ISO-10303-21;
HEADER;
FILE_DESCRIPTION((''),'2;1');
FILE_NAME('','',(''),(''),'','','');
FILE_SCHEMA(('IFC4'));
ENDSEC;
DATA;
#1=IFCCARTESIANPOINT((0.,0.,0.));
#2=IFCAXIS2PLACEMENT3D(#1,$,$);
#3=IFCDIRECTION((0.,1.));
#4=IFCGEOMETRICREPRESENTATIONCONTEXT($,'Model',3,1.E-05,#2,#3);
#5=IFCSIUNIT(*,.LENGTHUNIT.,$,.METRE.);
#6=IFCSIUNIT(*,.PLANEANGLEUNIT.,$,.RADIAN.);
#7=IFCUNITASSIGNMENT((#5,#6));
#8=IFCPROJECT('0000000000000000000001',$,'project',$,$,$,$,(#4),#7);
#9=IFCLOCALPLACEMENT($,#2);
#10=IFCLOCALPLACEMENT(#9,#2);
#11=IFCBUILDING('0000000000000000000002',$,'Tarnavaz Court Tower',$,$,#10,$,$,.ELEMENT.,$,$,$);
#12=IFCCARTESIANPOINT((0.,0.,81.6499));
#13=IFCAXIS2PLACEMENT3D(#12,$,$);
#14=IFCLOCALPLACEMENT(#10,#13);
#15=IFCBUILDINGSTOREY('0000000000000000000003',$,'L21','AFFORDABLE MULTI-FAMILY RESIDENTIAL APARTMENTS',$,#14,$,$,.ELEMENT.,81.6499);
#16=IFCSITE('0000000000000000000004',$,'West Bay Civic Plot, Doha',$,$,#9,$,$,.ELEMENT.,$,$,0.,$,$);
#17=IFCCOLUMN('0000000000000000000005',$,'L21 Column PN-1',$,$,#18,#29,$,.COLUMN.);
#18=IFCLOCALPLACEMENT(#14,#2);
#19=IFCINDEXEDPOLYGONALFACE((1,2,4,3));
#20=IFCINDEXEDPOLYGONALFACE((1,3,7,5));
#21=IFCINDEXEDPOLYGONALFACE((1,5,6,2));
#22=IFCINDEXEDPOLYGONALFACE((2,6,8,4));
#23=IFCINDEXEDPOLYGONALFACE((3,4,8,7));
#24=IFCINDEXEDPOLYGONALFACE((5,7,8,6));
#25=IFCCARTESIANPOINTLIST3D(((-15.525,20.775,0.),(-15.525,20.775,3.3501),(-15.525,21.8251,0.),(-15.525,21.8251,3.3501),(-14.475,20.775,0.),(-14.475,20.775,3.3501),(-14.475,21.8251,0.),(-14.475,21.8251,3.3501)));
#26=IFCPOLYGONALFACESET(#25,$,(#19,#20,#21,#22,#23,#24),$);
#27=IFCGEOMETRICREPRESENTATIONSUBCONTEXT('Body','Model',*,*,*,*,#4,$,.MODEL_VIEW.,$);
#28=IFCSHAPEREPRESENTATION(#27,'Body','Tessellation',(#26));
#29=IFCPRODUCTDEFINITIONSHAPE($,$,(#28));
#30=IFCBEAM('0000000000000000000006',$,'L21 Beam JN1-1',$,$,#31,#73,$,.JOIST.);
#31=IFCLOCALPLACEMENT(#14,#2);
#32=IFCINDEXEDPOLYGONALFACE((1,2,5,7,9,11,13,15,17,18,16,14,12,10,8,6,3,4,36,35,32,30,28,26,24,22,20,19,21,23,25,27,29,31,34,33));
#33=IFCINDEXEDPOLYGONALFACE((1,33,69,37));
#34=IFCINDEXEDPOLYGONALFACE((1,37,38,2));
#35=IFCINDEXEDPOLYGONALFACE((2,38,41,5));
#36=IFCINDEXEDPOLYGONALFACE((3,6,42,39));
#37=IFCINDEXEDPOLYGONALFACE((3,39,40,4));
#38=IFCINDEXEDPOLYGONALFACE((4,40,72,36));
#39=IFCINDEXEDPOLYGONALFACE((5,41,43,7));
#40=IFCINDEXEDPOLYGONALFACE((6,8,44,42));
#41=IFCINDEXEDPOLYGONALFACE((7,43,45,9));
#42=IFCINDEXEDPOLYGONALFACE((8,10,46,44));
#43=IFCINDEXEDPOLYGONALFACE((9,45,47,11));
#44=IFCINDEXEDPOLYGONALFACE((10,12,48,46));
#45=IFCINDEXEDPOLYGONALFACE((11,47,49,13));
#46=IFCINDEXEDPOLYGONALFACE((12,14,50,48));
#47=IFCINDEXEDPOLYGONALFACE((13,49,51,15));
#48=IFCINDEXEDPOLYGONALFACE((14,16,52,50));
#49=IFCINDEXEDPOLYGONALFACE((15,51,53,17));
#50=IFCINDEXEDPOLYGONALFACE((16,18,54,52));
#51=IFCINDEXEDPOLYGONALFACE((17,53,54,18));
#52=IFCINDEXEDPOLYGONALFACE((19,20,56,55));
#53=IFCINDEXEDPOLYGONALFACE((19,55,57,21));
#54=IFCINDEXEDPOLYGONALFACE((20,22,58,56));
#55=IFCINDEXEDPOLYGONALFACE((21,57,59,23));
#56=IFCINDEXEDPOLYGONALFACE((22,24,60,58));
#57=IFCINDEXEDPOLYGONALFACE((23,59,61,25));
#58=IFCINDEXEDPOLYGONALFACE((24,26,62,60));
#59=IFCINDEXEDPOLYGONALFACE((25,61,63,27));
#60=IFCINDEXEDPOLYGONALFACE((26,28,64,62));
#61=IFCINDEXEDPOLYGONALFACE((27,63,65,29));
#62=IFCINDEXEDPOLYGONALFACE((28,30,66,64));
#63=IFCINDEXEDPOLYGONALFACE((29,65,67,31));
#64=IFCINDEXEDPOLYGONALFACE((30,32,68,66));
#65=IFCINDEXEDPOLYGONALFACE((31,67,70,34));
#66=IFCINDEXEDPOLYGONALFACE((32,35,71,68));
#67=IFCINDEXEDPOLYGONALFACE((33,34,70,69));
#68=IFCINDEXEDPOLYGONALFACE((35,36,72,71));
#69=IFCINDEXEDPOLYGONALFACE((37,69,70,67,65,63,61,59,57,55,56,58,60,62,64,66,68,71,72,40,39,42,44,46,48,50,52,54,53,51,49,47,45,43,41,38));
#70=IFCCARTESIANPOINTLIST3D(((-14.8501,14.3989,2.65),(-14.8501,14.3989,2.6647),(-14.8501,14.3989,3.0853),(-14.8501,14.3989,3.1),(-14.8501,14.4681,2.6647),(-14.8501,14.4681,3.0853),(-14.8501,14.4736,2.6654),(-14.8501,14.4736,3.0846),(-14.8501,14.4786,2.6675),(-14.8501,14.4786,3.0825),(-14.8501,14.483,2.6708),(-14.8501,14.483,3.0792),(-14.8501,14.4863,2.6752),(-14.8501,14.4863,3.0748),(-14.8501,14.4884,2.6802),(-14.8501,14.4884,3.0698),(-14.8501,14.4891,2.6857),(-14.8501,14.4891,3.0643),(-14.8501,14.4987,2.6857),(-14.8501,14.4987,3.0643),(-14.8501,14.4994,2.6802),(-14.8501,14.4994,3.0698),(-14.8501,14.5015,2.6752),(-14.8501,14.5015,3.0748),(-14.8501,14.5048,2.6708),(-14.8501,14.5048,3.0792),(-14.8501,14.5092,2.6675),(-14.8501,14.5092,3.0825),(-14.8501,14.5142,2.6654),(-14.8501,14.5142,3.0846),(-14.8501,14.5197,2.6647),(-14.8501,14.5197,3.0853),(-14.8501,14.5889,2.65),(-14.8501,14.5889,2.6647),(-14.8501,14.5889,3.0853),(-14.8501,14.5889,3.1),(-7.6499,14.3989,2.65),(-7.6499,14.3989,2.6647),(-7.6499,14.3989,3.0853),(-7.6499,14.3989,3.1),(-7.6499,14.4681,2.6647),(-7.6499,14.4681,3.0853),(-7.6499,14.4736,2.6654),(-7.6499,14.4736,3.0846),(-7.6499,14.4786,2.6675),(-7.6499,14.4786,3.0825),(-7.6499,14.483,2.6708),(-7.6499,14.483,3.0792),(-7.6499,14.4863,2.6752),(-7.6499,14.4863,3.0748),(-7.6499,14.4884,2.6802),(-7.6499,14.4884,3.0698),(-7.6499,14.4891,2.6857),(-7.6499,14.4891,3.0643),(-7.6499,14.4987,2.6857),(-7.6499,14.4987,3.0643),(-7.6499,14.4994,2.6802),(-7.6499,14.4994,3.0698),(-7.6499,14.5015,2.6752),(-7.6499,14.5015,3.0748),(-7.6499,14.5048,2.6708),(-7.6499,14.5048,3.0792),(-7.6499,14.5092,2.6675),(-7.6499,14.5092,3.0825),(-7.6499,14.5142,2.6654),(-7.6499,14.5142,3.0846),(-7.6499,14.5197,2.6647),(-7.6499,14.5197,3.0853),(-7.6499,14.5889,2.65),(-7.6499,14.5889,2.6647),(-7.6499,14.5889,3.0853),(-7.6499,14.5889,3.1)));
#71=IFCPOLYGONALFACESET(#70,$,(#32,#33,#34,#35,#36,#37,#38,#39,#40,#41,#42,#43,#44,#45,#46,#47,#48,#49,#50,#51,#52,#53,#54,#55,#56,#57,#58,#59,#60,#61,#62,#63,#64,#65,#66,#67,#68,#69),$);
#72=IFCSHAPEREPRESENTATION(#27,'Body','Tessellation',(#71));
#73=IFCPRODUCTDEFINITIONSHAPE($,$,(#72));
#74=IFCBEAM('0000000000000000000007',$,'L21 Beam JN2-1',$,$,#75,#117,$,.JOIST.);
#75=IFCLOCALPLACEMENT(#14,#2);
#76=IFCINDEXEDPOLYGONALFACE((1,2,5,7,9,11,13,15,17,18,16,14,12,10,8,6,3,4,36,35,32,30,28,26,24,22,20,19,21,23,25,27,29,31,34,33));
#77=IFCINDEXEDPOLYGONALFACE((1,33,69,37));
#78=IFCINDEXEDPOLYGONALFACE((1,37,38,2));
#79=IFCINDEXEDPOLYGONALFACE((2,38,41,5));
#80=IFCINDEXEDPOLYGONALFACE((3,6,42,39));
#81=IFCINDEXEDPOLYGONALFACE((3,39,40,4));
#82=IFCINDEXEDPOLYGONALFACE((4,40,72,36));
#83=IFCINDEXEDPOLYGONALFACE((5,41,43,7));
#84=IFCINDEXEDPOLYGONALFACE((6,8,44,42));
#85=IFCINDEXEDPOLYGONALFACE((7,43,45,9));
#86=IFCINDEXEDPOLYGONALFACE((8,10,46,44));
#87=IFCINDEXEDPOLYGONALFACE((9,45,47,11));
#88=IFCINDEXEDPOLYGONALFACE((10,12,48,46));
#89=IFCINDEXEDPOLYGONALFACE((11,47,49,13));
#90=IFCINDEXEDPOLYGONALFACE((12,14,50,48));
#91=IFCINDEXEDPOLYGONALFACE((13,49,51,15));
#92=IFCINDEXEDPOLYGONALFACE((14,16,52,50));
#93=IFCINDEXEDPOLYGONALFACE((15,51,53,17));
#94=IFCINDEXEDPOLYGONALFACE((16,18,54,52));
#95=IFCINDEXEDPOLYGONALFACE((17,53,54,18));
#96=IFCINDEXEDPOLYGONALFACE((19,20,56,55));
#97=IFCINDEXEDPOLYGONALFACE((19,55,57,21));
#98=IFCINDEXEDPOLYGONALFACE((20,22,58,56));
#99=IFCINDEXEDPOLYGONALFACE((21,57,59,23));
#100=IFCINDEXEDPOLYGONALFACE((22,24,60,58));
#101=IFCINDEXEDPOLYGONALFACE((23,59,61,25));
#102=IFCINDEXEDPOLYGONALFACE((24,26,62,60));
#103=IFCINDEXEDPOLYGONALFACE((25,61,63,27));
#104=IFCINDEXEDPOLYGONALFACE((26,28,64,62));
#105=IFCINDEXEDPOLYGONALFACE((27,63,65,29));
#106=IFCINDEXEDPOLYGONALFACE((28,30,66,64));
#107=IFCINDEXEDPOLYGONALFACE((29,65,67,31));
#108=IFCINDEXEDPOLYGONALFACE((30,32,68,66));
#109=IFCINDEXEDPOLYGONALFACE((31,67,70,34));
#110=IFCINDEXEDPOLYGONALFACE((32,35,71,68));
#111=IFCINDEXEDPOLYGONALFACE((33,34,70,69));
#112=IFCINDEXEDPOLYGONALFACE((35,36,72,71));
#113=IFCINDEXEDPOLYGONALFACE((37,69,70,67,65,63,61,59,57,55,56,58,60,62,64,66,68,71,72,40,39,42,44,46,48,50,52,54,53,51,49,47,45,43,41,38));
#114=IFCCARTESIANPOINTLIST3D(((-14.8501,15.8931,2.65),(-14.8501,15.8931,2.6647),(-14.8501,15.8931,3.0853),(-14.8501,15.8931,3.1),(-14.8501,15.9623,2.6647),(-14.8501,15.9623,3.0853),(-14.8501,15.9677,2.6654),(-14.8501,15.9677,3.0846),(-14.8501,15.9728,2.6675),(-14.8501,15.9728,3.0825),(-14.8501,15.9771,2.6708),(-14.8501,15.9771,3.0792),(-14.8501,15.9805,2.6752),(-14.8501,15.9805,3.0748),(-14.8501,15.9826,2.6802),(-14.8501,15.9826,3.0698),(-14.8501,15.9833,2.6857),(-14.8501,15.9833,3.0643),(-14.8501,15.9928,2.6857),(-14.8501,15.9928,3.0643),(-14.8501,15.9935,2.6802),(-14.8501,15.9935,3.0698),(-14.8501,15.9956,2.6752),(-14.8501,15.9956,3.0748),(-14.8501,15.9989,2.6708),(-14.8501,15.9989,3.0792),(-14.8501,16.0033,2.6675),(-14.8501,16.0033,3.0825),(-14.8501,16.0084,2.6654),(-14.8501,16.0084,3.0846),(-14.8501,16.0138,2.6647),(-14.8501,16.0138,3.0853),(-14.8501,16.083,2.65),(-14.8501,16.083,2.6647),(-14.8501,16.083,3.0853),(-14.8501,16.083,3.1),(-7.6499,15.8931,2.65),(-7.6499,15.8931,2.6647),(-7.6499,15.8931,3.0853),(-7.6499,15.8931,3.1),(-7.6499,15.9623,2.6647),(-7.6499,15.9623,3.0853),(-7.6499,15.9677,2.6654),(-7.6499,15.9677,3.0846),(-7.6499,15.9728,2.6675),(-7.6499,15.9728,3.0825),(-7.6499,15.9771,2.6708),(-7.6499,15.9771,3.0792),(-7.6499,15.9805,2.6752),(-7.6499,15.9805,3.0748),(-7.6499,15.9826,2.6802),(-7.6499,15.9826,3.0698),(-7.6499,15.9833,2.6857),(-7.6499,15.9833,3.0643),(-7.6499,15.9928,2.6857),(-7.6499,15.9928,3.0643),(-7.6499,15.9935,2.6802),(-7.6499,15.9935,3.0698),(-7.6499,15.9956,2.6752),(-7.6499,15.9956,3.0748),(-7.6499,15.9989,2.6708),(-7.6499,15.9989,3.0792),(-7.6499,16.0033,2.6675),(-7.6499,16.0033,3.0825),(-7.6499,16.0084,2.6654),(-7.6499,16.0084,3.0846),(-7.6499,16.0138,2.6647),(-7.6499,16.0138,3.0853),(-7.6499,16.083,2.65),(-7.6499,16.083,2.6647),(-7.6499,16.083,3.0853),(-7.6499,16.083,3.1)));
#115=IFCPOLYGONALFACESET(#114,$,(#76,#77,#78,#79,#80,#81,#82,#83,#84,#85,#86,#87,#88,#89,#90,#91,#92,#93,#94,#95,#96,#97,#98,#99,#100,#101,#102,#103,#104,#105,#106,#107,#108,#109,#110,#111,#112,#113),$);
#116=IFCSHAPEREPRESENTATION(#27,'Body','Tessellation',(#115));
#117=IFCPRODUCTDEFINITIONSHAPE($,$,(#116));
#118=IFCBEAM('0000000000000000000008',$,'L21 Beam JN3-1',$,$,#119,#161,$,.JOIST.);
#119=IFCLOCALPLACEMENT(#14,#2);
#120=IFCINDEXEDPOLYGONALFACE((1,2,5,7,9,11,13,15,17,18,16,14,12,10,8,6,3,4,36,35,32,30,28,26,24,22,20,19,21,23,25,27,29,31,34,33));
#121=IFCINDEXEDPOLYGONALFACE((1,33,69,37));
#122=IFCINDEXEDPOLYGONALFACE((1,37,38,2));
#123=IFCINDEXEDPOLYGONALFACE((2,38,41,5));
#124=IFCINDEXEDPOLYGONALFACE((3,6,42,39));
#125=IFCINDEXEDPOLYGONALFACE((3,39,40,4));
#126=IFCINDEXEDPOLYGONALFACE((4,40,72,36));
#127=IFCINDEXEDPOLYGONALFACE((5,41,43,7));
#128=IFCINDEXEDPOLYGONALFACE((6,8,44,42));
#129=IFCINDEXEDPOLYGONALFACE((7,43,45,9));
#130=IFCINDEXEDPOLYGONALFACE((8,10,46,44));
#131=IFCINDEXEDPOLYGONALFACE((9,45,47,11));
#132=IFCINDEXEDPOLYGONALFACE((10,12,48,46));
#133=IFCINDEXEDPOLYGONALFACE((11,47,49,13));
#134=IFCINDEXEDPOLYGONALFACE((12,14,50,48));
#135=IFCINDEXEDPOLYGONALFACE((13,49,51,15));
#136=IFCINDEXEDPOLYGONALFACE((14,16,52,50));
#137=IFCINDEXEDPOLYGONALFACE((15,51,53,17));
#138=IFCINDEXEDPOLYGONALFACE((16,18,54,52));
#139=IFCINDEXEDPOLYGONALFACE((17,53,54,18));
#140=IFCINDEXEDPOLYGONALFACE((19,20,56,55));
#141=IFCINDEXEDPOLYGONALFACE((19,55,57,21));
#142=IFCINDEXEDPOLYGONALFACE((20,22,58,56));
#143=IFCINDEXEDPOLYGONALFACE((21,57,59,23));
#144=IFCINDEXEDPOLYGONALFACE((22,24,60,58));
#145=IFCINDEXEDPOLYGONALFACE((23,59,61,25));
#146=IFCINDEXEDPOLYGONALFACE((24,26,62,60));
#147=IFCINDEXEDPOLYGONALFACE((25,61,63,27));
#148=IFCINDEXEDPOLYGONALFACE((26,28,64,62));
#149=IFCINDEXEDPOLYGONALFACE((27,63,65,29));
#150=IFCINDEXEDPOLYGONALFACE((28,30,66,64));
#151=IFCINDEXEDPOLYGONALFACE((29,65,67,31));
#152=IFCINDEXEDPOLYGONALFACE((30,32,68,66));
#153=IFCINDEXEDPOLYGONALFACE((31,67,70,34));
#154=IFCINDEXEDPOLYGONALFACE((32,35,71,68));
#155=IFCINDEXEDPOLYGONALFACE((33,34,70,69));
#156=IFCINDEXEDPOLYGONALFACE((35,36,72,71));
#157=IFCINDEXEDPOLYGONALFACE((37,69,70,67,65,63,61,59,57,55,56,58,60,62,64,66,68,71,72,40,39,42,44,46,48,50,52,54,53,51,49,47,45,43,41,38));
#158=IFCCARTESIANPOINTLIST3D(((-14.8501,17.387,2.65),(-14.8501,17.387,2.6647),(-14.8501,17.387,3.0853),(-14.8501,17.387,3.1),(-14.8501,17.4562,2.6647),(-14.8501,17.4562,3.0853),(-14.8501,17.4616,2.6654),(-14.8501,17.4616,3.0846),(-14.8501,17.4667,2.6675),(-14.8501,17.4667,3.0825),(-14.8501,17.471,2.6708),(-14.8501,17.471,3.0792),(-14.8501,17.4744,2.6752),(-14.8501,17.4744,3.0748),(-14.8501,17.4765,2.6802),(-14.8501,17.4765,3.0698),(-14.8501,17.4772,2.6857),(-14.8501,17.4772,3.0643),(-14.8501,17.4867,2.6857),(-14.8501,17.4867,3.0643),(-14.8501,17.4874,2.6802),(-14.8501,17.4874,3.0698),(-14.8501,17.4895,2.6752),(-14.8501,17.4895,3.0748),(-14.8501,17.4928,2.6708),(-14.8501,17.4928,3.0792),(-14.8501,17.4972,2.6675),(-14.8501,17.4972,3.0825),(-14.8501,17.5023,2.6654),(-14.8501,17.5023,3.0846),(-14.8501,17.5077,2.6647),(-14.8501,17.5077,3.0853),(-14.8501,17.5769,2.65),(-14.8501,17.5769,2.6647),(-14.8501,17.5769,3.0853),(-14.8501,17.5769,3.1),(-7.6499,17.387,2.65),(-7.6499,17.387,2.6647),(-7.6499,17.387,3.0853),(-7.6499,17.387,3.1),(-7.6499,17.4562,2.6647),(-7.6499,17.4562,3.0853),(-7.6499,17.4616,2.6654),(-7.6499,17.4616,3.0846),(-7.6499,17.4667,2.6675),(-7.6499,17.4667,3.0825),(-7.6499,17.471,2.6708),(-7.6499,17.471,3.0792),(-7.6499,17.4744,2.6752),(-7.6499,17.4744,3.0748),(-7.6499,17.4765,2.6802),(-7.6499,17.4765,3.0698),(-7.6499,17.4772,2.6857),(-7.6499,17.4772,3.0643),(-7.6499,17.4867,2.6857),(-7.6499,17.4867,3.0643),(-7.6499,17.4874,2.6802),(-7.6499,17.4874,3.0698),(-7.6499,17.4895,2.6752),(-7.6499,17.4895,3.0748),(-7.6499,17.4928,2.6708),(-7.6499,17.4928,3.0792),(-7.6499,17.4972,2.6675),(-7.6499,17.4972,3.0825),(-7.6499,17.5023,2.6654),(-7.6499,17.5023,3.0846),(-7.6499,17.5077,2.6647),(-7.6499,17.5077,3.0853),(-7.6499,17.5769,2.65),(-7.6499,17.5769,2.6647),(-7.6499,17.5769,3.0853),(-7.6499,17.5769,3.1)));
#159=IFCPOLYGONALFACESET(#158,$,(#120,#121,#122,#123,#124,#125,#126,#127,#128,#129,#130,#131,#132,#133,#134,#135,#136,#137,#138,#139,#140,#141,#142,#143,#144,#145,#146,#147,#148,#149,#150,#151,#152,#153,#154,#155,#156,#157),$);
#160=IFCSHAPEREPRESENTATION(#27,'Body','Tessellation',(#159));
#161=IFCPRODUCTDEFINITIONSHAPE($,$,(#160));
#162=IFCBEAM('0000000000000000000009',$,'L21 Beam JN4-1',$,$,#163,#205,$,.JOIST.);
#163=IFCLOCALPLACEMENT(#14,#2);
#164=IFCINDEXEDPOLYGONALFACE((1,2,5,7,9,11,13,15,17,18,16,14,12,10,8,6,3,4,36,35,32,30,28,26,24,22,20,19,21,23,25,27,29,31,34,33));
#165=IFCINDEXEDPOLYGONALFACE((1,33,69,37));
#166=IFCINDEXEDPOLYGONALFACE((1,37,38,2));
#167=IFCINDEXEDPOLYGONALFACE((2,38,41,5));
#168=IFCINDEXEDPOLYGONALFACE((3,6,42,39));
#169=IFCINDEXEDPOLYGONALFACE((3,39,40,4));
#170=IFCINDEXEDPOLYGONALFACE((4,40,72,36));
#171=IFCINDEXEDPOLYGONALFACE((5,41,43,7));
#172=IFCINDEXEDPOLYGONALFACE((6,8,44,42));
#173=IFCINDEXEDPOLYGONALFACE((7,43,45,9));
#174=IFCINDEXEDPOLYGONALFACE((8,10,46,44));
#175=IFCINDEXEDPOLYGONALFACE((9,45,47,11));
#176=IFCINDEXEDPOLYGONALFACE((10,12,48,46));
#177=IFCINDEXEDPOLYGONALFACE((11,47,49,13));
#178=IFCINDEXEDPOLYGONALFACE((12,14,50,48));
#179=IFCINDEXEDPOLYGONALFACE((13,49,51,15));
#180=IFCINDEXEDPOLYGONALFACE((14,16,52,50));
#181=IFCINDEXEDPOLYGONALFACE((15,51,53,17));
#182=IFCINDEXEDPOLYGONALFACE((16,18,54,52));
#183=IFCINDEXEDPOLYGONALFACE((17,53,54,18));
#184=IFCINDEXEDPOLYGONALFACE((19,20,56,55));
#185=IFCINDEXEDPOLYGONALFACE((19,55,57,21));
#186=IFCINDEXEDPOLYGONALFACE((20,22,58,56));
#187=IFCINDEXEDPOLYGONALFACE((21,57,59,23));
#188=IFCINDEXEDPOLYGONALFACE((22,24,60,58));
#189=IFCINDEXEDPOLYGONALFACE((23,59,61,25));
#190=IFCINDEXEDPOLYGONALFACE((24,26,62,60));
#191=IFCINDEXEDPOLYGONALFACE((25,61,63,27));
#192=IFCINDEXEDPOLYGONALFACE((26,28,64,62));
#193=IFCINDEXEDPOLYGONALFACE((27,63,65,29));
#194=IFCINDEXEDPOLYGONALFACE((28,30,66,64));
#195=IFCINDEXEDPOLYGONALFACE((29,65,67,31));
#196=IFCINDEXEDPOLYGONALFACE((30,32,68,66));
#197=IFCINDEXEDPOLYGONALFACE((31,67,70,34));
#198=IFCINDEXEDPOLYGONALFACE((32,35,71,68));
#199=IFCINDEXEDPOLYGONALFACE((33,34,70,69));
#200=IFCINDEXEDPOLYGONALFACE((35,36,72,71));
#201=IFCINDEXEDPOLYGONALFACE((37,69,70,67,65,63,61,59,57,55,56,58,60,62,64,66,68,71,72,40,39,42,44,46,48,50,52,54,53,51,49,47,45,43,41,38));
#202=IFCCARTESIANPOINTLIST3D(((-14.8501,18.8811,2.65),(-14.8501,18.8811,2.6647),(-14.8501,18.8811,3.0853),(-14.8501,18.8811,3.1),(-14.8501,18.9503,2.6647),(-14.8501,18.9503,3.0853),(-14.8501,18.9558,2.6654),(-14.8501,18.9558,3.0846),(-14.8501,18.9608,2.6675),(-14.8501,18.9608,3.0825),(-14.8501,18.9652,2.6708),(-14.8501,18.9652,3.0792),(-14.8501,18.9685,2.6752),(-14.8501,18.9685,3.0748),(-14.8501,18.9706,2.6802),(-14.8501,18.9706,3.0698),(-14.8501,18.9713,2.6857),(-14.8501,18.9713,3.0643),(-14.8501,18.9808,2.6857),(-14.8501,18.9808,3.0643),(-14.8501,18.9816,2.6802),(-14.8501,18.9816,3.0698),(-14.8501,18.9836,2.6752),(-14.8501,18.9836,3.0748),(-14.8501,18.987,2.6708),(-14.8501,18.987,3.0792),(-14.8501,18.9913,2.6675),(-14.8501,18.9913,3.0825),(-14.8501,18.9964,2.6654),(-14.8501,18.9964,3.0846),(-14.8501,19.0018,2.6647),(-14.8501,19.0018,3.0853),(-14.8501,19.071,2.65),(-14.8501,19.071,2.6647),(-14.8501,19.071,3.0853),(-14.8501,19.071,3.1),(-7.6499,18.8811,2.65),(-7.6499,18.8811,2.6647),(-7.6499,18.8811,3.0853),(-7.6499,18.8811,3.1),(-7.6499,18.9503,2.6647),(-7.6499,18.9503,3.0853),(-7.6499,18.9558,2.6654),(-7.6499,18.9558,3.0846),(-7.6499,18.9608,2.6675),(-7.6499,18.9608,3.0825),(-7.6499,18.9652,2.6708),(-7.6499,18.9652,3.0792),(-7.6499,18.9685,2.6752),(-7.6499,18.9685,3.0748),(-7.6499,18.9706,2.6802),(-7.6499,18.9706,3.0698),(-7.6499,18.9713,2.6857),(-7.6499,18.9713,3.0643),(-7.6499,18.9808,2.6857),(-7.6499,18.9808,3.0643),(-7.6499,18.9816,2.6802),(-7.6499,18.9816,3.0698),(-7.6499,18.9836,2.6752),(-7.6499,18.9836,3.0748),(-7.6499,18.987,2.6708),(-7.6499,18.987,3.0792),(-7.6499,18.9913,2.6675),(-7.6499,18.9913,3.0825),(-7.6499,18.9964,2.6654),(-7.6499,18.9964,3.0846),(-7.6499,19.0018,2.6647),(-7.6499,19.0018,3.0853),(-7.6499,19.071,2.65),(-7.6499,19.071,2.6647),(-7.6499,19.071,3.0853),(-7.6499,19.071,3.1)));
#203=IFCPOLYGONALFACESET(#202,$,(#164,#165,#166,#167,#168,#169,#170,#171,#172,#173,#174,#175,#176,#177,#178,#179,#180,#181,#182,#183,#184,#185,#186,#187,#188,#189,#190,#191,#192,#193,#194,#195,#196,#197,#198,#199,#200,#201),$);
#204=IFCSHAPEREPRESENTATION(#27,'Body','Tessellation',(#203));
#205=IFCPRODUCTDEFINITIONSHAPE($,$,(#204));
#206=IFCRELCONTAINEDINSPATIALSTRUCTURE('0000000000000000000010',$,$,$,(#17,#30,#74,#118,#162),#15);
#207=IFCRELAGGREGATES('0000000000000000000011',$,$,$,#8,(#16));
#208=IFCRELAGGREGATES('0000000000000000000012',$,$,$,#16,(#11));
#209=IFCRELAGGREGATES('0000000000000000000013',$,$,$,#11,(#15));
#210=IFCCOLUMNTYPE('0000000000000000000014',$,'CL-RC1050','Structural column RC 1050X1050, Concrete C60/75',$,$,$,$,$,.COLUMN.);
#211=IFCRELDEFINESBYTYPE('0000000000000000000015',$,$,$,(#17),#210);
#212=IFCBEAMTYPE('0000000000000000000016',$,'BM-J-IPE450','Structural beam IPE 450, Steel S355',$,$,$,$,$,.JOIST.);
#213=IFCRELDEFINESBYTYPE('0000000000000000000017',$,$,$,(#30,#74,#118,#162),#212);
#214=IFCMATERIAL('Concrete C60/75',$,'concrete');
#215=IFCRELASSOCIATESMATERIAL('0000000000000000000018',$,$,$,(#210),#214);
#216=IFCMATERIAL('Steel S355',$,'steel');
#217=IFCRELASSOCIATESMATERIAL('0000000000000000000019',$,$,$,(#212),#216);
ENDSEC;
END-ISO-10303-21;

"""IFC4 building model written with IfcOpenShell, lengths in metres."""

from ifc_helpers import new_model, si_unit, direction, frame, origin, origin_2d, place, context, subcontext, project, spatial, rectangle, i_section, extrude, material, material_profile, profile_set, type_object, element, save


model = new_model("IFC4")

# Units and contexts
model_context = context("Model", 3, precision=1e-05, world=origin(), true_north=direction((0.0, 1.0)))
body_context = subcontext(model_context, "Body", "Model", "MODEL_VIEW")
ifc_project = project(units=[si_unit("LENGTHUNIT", "METRE"), si_unit("PLANEANGLEUNIT", "RADIAN")], contexts=[model_context])

# Site, building, storey
site_placement = place(None, origin())
site = spatial("IfcSite", under=ifc_project, at=site_placement, Name="West Bay Civic Plot, Doha", CompositionType="ELEMENT", RefElevation=0.0)
building_placement = place(site_placement, origin())
building = spatial("IfcBuilding", under=site, at=building_placement, Name="Tarnavaz Court Tower", CompositionType="ELEMENT")
storey_placement = place(building_placement, frame((0.0, 0.0, 81.6499)))
storey = spatial("IfcBuildingStorey", under=building, at=storey_placement, Name="L21", Description="AFFORDABLE MULTI-FAMILY RESIDENTIAL APARTMENTS", CompositionType="ELEMENT", Elevation=81.6499)

# Column
ifc_material_1 = material(Name="Concrete C60/75", Category="concrete")
ifc_material_profile_1 = material_profile(ifc_material_1, rectangle(XDim=1.05, YDim=1.05, at=origin_2d()), Name="RC 1050X1050")
ifc_profile_set_1 = profile_set([ifc_material_profile_1], Name="Concrete C60/75")
column_type = type_object("IfcColumnType", Name="CL-RC1050", Description="Structural column RC 1050X1050, Concrete C60/75", PredefinedType="COLUMN", material=ifc_profile_set_1)
column_placement = place(storey_placement, frame((-15.0, 21.3, 0.0), z_axis=(0.0, 0.0, 1.0), x_axis=(1.0, 0.0, 0.0)))
element("IfcColumn", 1, at=column_placement, inside=storey, type_object=column_type, Name="L21 Column PN-1", PredefinedType="COLUMN", context=body_context, shape_type="SweptSolid", body=[
    extrude(rectangle(XDim=1.05, YDim=1.05, at=origin_2d()), origin(), (0.0, 0.0, 1.0), 3.3501),
])

# Beams
ifc_material_2 = material(Name="Steel S355", Category="steel")
ifc_material_profile_2 = material_profile(ifc_material_2, i_section(OverallWidth=0.1899, OverallDepth=0.45, WebThickness=0.0095, FlangeThickness=0.0146, FilletRadius=0.021, at=origin_2d()), Name="IPE 450")
ifc_profile_set_2 = profile_set([ifc_material_profile_2], Name="Steel S355")
beam_type_1 = type_object("IfcBeamType", Name="BM-J-IPE450", Description="Structural beam IPE 450, Steel S355", PredefinedType="JOIST", material=ifc_profile_set_2)
for number, where, z_axis, x_axis, name in (
    (2, (-14.8501, 14.4939, 2.875), (1.0, 0.0, 0.0), (0.0, 1.0, 0.0), "L21 Beam JN1-1"),
    (3, (-14.8501, 15.988, 2.875), (1.0, 0.0, 0.0), (0.0, 1.0, 0.0), "L21 Beam JN2-1"),
    (4, (-14.8501, 17.4819, 2.875), (1.0, 0.0, 0.0), (0.0, 1.0, 0.0), "L21 Beam JN3-1"),
    (5, (-14.8501, 18.9761, 2.875), (1.0, 0.0, 0.0), (0.0, 1.0, 0.0), "L21 Beam JN4-1"),
):
    element("IfcBeam", number, at=place(storey_placement, frame(where, z_axis=z_axis, x_axis=x_axis)), inside=storey, type_object=beam_type_1, Name=name, PredefinedType="JOIST", context=body_context, shape_type="SweptSolid", body=[
        extrude(i_section(OverallWidth=0.1899, OverallDepth=0.45, WebThickness=0.0095, FlangeThickness=0.0146, FilletRadius=0.021, at=origin_2d()), origin(), (0.0, 0.0, 1.0), 7.2002),
    ])

save(model, "model.ifc")
